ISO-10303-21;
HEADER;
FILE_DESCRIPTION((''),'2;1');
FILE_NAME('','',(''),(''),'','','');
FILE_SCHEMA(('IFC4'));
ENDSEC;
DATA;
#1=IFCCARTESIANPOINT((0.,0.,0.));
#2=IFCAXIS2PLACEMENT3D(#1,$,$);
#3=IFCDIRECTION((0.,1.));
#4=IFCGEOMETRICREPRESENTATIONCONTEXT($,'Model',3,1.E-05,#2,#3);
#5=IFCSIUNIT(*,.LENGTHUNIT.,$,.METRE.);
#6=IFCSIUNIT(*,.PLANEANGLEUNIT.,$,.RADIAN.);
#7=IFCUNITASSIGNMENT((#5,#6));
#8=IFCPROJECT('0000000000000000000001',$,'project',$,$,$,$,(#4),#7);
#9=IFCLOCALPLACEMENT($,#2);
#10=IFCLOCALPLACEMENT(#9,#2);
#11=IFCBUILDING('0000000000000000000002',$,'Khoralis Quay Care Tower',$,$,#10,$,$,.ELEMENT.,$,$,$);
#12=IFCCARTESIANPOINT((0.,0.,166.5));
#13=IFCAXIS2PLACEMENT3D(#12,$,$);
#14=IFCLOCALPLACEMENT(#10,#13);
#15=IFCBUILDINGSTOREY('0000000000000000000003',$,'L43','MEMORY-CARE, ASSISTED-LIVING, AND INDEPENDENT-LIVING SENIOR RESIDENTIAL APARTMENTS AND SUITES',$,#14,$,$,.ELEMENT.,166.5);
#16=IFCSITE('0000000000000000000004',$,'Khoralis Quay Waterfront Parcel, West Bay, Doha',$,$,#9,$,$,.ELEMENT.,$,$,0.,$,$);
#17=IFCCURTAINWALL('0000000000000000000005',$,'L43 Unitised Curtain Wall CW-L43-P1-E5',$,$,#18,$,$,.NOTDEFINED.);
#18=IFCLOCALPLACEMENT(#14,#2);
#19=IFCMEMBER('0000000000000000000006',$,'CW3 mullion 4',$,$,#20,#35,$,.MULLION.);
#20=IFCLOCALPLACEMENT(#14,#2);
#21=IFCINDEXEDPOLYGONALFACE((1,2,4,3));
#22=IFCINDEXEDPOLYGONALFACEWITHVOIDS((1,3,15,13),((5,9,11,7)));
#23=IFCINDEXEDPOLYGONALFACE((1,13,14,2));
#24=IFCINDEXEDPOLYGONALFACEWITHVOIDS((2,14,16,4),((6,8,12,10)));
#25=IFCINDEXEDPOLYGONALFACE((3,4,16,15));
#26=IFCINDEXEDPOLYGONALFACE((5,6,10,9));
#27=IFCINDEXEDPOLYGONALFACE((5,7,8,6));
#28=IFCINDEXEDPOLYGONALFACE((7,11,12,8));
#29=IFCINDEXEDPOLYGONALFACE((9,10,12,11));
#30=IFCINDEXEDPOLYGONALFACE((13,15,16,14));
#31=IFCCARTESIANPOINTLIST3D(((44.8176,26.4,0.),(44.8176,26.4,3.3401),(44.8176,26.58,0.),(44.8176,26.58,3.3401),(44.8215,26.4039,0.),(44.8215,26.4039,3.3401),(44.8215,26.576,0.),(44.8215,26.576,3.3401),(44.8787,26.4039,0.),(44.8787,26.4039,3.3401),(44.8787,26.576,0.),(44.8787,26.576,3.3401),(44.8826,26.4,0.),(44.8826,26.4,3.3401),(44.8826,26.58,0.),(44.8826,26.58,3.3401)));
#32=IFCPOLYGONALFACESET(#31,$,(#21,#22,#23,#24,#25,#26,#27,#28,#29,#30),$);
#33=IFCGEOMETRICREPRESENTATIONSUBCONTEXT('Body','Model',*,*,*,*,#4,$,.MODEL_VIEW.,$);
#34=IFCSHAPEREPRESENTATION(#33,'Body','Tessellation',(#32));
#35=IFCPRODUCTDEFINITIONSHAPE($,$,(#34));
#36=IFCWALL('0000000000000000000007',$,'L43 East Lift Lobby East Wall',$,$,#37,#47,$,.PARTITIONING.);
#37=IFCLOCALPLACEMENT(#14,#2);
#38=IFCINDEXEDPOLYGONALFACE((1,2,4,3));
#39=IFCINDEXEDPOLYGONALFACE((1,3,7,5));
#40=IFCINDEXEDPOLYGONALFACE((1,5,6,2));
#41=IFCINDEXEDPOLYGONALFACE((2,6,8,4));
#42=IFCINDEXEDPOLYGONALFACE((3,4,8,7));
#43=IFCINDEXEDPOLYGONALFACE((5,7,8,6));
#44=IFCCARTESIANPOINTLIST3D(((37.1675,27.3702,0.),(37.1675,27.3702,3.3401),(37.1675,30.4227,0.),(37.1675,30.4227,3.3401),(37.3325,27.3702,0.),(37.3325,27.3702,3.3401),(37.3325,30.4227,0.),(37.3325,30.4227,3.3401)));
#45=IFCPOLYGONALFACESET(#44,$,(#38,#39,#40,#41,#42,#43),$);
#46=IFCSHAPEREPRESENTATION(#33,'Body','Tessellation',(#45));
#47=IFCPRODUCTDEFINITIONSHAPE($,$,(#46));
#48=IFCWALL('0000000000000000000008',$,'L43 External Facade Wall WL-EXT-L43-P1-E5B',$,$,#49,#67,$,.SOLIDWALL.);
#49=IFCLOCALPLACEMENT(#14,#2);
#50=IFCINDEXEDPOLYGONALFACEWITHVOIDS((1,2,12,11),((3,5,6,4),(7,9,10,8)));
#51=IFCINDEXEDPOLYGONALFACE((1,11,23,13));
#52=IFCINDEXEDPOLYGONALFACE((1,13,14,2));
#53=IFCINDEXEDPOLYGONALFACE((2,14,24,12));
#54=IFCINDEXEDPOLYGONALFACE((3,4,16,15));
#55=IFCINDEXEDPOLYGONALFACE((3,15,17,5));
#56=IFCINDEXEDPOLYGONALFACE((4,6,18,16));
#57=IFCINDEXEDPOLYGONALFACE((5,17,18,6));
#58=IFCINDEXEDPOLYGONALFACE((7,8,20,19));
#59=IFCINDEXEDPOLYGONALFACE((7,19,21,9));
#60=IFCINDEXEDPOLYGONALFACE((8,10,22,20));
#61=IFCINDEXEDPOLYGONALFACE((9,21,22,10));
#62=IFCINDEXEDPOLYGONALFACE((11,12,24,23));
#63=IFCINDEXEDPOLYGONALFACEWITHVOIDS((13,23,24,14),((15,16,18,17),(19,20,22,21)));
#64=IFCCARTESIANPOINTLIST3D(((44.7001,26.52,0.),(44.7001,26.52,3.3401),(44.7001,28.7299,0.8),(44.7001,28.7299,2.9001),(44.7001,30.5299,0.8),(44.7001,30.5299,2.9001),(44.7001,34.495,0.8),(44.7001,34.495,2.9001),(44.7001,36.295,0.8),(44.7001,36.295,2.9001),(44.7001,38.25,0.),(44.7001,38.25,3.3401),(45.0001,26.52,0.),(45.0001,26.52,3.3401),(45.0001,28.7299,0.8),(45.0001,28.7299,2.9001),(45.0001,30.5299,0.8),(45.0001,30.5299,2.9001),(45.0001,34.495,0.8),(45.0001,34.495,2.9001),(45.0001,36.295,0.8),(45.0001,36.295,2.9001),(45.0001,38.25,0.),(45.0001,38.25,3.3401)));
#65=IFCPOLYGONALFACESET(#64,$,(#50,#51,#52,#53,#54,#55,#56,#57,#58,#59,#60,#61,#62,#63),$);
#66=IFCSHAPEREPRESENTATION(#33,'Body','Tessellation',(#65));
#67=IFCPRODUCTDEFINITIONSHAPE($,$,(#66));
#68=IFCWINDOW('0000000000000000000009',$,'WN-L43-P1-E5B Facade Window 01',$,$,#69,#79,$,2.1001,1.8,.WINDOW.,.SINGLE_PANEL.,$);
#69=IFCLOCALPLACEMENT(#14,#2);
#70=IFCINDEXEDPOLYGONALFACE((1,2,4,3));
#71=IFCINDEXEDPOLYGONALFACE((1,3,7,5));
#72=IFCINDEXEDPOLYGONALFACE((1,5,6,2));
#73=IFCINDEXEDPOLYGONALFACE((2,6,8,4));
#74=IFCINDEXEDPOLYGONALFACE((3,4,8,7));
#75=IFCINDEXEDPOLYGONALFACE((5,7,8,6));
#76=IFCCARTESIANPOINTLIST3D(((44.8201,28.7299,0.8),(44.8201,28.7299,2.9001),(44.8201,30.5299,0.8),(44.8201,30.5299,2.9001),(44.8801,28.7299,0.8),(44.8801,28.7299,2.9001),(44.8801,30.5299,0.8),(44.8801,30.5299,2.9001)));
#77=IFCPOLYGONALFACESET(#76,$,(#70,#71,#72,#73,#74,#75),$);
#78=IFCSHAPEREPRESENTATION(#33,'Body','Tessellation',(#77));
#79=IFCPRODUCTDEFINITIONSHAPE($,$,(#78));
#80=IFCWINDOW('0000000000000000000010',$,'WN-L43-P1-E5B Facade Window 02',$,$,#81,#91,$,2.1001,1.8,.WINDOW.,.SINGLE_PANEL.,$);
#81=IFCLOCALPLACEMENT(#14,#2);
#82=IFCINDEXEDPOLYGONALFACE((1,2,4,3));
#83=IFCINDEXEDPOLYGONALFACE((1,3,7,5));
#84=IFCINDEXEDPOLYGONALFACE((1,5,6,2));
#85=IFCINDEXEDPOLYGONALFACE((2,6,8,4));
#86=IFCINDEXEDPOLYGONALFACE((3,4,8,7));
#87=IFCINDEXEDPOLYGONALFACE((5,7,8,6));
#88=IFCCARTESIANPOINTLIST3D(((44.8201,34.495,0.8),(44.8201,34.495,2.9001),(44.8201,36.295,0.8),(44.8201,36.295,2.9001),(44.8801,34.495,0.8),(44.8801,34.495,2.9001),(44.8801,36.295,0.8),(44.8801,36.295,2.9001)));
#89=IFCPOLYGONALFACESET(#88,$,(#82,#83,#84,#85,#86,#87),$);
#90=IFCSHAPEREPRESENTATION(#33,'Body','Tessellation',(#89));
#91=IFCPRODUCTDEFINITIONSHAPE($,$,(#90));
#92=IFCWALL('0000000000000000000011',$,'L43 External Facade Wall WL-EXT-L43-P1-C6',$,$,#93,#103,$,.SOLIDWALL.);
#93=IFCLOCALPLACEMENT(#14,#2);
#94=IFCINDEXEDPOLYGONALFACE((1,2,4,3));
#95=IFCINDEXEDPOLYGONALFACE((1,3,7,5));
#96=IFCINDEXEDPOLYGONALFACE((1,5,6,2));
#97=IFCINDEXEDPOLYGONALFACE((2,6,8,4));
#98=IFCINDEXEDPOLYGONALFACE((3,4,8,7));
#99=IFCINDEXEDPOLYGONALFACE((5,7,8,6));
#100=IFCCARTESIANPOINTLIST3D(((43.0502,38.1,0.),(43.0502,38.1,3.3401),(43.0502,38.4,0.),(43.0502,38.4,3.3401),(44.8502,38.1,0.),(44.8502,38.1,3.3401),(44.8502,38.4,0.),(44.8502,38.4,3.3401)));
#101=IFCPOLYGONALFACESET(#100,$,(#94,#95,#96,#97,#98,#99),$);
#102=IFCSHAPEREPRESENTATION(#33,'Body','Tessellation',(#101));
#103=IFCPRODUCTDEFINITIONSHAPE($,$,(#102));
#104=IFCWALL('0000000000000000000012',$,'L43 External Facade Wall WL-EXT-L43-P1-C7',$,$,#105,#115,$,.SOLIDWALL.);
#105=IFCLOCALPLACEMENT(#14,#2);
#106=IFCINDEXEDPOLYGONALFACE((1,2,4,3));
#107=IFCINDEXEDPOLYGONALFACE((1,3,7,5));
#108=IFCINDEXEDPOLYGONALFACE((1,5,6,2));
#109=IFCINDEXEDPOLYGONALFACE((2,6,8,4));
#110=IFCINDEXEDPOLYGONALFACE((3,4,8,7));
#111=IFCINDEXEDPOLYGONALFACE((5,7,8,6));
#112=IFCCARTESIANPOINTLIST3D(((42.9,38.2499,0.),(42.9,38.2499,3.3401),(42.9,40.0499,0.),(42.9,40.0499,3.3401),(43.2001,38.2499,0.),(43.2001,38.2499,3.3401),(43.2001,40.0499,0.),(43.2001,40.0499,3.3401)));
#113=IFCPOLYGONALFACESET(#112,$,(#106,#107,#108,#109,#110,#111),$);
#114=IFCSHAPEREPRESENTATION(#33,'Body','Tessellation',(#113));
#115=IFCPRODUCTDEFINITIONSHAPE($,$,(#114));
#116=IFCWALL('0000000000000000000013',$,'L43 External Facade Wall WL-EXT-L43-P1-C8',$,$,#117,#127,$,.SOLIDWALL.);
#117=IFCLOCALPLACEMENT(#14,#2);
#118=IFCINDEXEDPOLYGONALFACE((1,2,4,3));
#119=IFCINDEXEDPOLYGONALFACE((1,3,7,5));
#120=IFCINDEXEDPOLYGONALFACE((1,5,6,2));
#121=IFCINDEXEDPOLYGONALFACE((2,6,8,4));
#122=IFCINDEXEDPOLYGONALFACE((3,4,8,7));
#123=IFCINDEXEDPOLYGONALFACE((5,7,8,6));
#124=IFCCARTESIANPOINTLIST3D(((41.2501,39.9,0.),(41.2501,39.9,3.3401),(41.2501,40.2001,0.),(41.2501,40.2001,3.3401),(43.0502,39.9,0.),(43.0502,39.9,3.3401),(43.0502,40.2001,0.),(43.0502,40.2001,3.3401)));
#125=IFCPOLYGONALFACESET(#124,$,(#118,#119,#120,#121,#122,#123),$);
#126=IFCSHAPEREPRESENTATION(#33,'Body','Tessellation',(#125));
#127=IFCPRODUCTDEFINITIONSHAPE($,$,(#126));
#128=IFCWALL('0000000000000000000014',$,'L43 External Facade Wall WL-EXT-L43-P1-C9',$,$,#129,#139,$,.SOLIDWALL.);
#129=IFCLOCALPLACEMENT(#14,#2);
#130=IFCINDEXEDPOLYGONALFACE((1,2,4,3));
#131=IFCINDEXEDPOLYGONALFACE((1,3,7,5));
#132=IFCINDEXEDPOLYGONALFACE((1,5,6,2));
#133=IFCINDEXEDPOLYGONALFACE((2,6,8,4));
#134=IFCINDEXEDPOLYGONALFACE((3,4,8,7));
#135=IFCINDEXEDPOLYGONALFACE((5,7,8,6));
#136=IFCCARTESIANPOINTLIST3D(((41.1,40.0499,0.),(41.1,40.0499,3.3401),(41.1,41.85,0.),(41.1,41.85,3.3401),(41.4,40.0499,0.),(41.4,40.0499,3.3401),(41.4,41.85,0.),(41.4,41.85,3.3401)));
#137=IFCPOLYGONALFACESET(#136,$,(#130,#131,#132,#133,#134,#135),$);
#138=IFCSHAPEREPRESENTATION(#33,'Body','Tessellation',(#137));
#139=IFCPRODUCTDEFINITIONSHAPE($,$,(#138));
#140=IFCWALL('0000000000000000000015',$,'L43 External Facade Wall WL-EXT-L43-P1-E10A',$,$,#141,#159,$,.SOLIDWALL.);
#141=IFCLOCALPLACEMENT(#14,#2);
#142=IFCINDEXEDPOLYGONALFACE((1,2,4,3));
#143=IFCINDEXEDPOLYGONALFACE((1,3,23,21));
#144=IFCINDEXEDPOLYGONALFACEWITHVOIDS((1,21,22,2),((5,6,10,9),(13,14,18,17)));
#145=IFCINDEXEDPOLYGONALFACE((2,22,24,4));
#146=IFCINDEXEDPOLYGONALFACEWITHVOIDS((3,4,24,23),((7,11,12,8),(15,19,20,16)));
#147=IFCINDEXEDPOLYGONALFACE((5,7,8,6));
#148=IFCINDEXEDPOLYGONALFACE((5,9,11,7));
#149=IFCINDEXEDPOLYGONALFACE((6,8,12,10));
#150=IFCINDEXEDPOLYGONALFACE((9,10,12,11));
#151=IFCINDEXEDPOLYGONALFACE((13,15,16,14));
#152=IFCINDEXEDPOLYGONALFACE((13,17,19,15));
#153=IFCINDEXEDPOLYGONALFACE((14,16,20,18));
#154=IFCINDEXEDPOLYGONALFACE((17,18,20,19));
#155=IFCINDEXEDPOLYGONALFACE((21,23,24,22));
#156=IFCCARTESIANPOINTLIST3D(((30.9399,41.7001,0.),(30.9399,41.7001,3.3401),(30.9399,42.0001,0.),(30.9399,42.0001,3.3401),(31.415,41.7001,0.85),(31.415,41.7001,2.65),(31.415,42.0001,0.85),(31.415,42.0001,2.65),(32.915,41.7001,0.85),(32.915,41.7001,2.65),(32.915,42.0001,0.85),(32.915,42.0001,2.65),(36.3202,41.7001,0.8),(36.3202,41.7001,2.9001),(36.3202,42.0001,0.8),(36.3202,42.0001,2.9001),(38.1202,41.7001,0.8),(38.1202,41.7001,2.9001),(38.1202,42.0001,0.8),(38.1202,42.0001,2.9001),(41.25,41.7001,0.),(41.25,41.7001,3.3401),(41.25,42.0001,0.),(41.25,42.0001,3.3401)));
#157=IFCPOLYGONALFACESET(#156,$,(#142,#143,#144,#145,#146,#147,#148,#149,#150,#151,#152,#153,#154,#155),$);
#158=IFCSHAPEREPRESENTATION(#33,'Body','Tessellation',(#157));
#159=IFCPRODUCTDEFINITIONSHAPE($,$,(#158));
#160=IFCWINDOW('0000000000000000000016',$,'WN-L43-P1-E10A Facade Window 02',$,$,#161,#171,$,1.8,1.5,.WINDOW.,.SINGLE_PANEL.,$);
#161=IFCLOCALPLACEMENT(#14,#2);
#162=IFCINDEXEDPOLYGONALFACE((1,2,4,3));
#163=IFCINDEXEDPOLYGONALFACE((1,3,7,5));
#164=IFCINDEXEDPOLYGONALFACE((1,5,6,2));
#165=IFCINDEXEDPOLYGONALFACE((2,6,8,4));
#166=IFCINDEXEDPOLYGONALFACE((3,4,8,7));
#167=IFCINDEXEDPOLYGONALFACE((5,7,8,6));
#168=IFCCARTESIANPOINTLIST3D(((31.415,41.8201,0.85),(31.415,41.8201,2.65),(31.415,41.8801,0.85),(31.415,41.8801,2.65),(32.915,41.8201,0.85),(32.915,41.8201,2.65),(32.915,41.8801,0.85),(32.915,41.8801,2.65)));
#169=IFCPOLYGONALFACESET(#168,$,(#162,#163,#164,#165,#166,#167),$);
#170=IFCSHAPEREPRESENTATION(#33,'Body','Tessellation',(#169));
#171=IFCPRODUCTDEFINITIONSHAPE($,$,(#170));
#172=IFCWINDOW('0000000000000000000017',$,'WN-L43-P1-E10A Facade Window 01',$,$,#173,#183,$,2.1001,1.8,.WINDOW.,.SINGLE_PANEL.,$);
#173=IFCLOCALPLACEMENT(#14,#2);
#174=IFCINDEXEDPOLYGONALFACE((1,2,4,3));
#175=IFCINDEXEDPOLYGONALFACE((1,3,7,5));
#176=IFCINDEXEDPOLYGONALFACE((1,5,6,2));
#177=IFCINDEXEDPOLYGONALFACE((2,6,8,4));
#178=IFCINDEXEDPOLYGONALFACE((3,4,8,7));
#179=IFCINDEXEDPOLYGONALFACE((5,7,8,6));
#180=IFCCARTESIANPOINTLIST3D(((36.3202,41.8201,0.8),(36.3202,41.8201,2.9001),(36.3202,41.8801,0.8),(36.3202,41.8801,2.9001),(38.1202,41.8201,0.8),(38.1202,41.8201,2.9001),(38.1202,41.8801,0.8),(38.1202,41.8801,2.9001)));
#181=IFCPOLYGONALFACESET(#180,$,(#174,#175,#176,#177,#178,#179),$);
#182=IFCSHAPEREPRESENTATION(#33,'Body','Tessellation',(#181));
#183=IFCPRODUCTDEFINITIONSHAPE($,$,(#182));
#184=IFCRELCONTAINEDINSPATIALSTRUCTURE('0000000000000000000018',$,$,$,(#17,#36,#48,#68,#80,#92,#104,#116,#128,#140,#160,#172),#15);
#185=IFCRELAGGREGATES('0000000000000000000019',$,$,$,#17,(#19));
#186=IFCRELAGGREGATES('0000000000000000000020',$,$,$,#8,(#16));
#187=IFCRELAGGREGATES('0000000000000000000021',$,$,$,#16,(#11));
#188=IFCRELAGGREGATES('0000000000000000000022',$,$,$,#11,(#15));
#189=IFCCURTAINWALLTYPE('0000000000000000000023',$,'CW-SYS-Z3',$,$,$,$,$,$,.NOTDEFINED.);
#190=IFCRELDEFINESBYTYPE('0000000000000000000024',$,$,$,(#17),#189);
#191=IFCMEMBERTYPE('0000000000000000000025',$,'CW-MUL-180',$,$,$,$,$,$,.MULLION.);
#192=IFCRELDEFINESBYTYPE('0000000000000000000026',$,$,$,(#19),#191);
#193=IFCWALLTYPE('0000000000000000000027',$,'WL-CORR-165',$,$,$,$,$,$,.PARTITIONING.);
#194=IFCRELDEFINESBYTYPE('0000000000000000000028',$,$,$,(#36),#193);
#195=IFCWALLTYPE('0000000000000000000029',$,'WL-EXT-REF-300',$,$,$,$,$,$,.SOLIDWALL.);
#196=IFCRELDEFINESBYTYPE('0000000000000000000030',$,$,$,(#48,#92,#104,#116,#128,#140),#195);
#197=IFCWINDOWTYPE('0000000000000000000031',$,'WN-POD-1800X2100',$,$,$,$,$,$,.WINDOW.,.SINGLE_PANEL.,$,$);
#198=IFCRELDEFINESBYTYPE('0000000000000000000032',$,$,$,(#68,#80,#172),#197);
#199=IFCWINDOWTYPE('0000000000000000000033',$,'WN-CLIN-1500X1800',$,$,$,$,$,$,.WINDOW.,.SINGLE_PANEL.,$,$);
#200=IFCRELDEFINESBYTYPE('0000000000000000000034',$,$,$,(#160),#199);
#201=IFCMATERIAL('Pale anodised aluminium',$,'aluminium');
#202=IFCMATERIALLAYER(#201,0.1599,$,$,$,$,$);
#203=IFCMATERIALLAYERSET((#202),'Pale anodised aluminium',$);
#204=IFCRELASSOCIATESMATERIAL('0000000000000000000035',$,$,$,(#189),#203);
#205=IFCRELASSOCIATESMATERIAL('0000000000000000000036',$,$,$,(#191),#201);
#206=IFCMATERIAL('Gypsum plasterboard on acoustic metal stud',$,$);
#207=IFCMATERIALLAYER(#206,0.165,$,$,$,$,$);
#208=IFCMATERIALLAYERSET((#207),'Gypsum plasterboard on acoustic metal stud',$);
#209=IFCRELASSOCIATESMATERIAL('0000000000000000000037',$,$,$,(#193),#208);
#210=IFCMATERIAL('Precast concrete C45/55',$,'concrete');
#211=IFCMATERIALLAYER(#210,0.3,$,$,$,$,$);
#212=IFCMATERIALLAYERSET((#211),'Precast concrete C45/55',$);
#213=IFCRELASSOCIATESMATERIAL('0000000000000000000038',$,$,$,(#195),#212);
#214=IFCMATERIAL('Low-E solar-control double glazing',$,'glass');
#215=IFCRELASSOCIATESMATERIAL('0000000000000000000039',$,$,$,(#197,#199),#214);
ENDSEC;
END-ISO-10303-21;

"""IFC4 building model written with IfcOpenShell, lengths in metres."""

from ifc_helpers import new_model, si_unit, direction, frame, frame_2d, origin, origin_2d, place, context, subcontext, project, spatial, rectangle, hollow_rectangle, extrude, source, transform, mapped, material, layer, layer_set, material_profile, profile_set, type_object, element, fill, aggregate, save


model = new_model("IFC4")

# Units and contexts
model_context = context("Model", 3, precision=1e-05, world=origin(), true_north=direction((0.0, 1.0)))
body_context = subcontext(model_context, "Body", "Model", "MODEL_VIEW")
ifc_project = project(units=[si_unit("LENGTHUNIT", "METRE"), si_unit("PLANEANGLEUNIT", "RADIAN")], contexts=[model_context])

# Site, building, storey
site_placement = place(None, origin())
site = spatial("IfcSite", under=ifc_project, at=site_placement, Name="Khoralis Quay Waterfront Parcel, West Bay, Doha", CompositionType="ELEMENT", RefElevation=0.0)
building_placement = place(site_placement, origin())
building = spatial("IfcBuilding", under=site, at=building_placement, Name="Khoralis Quay Care Tower", CompositionType="ELEMENT")
storey_placement = place(building_placement, frame((0.0, 0.0, 166.5)))
storey = spatial("IfcBuildingStorey", under=building, at=storey_placement, Name="L43", Description="MEMORY-CARE, ASSISTED-LIVING, AND INDEPENDENT-LIVING SENIOR RESIDENTIAL APARTMENTS AND SUITES", CompositionType="ELEMENT", Elevation=166.5)

# Curtain wall, member
ifc_material_1 = material(Name="Pale anodised aluminium", Category="aluminium")
ifc_layer_1 = layer(ifc_material_1, 0.1599)
ifc_layer_set_1 = layer_set([ifc_layer_1], Name="Pale anodised aluminium")
curtain_wall_type = type_object("IfcCurtainWallType", Name="CW-SYS-Z3", PredefinedType="NOTDEFINED", material=ifc_layer_set_1)
curtain_wall_placement = place(storey_placement, origin())
curtain_wall = element("IfcCurtainWall", 1, at=curtain_wall_placement, inside=storey, type_object=curtain_wall_type, Name="L43 Unitised Curtain Wall CW-L43-P1-E5", PredefinedType="NOTDEFINED")
ifc_material_profile_1 = material_profile(ifc_material_1, hollow_rectangle(XDim=0.0649, YDim=0.1799, WallThickness=0.0039, at=origin_2d()), Name="Pale anodised aluminium")
ifc_profile_set_1 = profile_set([ifc_material_profile_1], Name="Pale anodised aluminium")
member_type = type_object("IfcMemberType", Name="CW-MUL-180", PredefinedType="MULLION", material=ifc_profile_set_1)
shared_shape_1 = source(origin(), body_context, "Body", "SweptSolid", [
    extrude(hollow_rectangle(XDim=0.0649, YDim=0.1799, WallThickness=0.0039, at=origin_2d()), origin(), (0.0, 0.0, 1.0), 3.3401),
])
member_placement = place(storey_placement, frame((44.8501, 26.49, 0.0), z_axis=(0.0, 0.0, 1.0), x_axis=(-1.0, 0.0, 0.0)))
member = element("IfcMember", 2, at=member_placement, type_object=member_type, Name="CW3 mullion 4", PredefinedType="MULLION", context=body_context, shape_type="MappedRepresentation", body=[
    mapped(shared_shape_1, transform((0.0, 0.0, 0.0), scale=1.0)),
])
aggregate(curtain_wall, [member])

# Wall
ifc_material_2 = material(Name="Gypsum plasterboard on acoustic metal stud")
ifc_layer_2 = layer(ifc_material_2, 0.165)
ifc_layer_set_2 = layer_set([ifc_layer_2], Name="Gypsum plasterboard on acoustic metal stud")
wall_type_1 = type_object("IfcWallType", Name="WL-CORR-165", PredefinedType="PARTITIONING", material=ifc_layer_set_2)
wall_1_placement = place(storey_placement, frame((37.25, 27.3701, 0.0), z_axis=(0.0, 0.0, 1.0), x_axis=(0.0, 1.0, 0.0)))
element("IfcWall", 3, at=wall_1_placement, inside=storey, type_object=wall_type_1, Name="L43 East Lift Lobby East Wall", PredefinedType="PARTITIONING", context=body_context, shape_type="SweptSolid", body=[
    extrude(rectangle(XDim=3.0525, YDim=0.165, at=frame_2d((1.5264, 0.0))), origin(), (0.0, 0.0, 1.0), 3.3401),
])

# Wall, openings, windows
ifc_material_3 = material(Name="Precast concrete C45/55", Category="concrete")
ifc_layer_3 = layer(ifc_material_3, 0.3)
ifc_layer_set_3 = layer_set([ifc_layer_3], Name="Precast concrete C45/55")
wall_type_2 = type_object("IfcWallType", Name="WL-EXT-REF-300", PredefinedType="SOLIDWALL", material=ifc_layer_set_3)
wall_2_placement = place(storey_placement, frame((44.8501, 26.52, 0.0), z_axis=(0.0, 0.0, 1.0), x_axis=(0.0, 1.0, 0.0)))
wall_2 = element("IfcWall", 4, at=wall_2_placement, inside=storey, type_object=wall_type_2, Name="L43 External Facade Wall WL-EXT-L43-P1-E5B", PredefinedType="SOLIDWALL", context=body_context, shape_type="SweptSolid", body=[
    extrude(rectangle(XDim=11.73, YDim=0.3, at=frame_2d((5.865, 0.0))), origin(), (0.0, 0.0, 1.0), 3.3401),
])
opening_1_placement = place(wall_2_placement, frame((2.21, 0.0, 0.8)))
opening_1 = element("IfcOpeningElement", 5, at=opening_1_placement, cuts=wall_2, PredefinedType="OPENING", context=body_context, shape_type="SweptSolid", body=[
    extrude(rectangle(XDim=1.8, YDim=2.1001, at=frame_2d((0.8999, 1.05))), frame((0.0, 0.1602, 0.0), z_axis=(0.0, -1.0, 0.0), x_axis=(1.0, 0.0, 0.0)), (0.0, 0.0, 1.0), 0.3201),
])
opening_2_placement = place(wall_2_placement, frame((7.9751, 0.0, 0.8)))
opening_2 = element("IfcOpeningElement", 6, at=opening_2_placement, cuts=wall_2, PredefinedType="OPENING", context=body_context, shape_type="SweptSolid", body=[
    extrude(rectangle(XDim=1.8, YDim=2.1001, at=frame_2d((0.8999, 1.05))), frame((0.0, 0.1602, 0.0), z_axis=(0.0, -1.0, 0.0), x_axis=(1.0, 0.0, 0.0)), (0.0, 0.0, 1.0), 0.3201),
])
ifc_material_4 = material(Name="Low-E solar-control double glazing", Category="glass")
window_type_1 = type_object("IfcWindowType", Name="WN-POD-1800X2100", PartitioningType="SINGLE_PANEL", PredefinedType="WINDOW", material=ifc_material_4)
shared_shape_2 = source(origin(), body_context, "Body", "SweptSolid", [
    extrude(rectangle(XDim=1.8, YDim=2.1001, at=frame_2d((0.8999, 1.05))), frame((0.0, 0.03, 0.0), z_axis=(0.0, -1.0, 0.0), x_axis=(1.0, 0.0, 0.0)), (0.0, 0.0, 1.0), 0.0601),
])
window_1_placement = place(opening_1_placement, origin())
window_1 = element("IfcWindow", 7, at=window_1_placement, inside=storey, type_object=window_type_1, Name="WN-L43-P1-E5B Facade Window 01", OverallHeight=2.1001, OverallWidth=1.8, PartitioningType="SINGLE_PANEL", PredefinedType="WINDOW", context=body_context, shape_type="MappedRepresentation", body=[
    mapped(shared_shape_2, transform((0.0, 0.0, 0.0), scale=1.0)),
])
fill(opening_1, window_1)
window_2_placement = place(opening_2_placement, origin())
window_2 = element("IfcWindow", 8, at=window_2_placement, inside=storey, type_object=window_type_1, Name="WN-L43-P1-E5B Facade Window 02", OverallHeight=2.1001, OverallWidth=1.8, PartitioningType="SINGLE_PANEL", PredefinedType="WINDOW", context=body_context, shape_type="MappedRepresentation", body=[
    mapped(shared_shape_2, transform((0.0, 0.0, 0.0), scale=1.0)),
])
fill(opening_2, window_2)

# Walls
for number, where, z_axis, x_axis, name in (
    (9, (44.8501, 38.25, 0.0), (0.0, 0.0, 1.0), (-1.0, 0.0, 0.0), "L43 External Facade Wall WL-EXT-L43-P1-C6"),
    (10, (43.05, 38.25, 0.0), (0.0, 0.0, 1.0), (0.0, 1.0, 0.0), "L43 External Facade Wall WL-EXT-L43-P1-C7"),
    (11, (43.05, 40.05, 0.0), (0.0, 0.0, 1.0), (-1.0, 0.0, 0.0), "L43 External Facade Wall WL-EXT-L43-P1-C8"),
    (12, (41.25, 40.05, 0.0), (0.0, 0.0, 1.0), (0.0, 1.0, 0.0), "L43 External Facade Wall WL-EXT-L43-P1-C9"),
):
    element("IfcWall", number, at=place(storey_placement, frame(where, z_axis=z_axis, x_axis=x_axis)), inside=storey, type_object=wall_type_2, Name=name, PredefinedType="SOLIDWALL", context=body_context, shape_type="SweptSolid", body=[
        extrude(rectangle(XDim=1.8, YDim=0.3, at=frame_2d((0.8999, 0.0))), origin(), (0.0, 0.0, 1.0), 3.3401),
    ])

# Wall, openings, windows
wall_3_placement = place(storey_placement, frame((41.25, 41.8501, 0.0), z_axis=(0.0, 0.0, 1.0), x_axis=(-1.0, 0.0, 0.0)))
wall_3 = element("IfcWall", 13, at=wall_3_placement, inside=storey, type_object=wall_type_2, Name="L43 External Facade Wall WL-EXT-L43-P1-E10A", PredefinedType="SOLIDWALL", context=body_context, shape_type="SweptSolid", body=[
    extrude(rectangle(XDim=10.3101, YDim=0.3, at=frame_2d((5.155, 0.0))), origin(), (0.0, 0.0, 1.0), 3.3401),
])
opening_3_placement = place(wall_3_placement, frame((3.1299, 0.0, 0.8)))
opening_3 = element("IfcOpeningElement", 14, at=opening_3_placement, cuts=wall_3, PredefinedType="OPENING", context=body_context, shape_type="SweptSolid", body=[
    extrude(rectangle(XDim=1.8, YDim=2.1001, at=frame_2d((0.8999, 1.05))), frame((0.0, 0.1602, 0.0), z_axis=(0.0, -1.0, 0.0), x_axis=(1.0, 0.0, 0.0)), (0.0, 0.0, 1.0), 0.3201),
])
opening_4_placement = place(wall_3_placement, frame((8.335, 0.0, 0.8501)))
opening_4 = element("IfcOpeningElement", 15, at=opening_4_placement, cuts=wall_3, PredefinedType="OPENING", context=body_context, shape_type="SweptSolid", body=[
    extrude(rectangle(XDim=1.5, YDim=1.8, at=frame_2d((0.75, 0.8999))), frame((0.0, 0.1602, 0.0), z_axis=(0.0, -1.0, 0.0), x_axis=(1.0, 0.0, 0.0)), (0.0, 0.0, 1.0), 0.3201),
])
window_type_2 = type_object("IfcWindowType", Name="WN-CLIN-1500X1800", PartitioningType="SINGLE_PANEL", PredefinedType="WINDOW", material=ifc_material_4)
shared_shape_3 = source(origin(), body_context, "Body", "SweptSolid", [
    extrude(rectangle(XDim=1.5, YDim=1.8, at=frame_2d((0.75, 0.8999))), frame((0.0, 0.03, 0.0), z_axis=(0.0, -1.0, 0.0), x_axis=(1.0, 0.0, 0.0)), (0.0, 0.0, 1.0), 0.0601),
])
window_3_placement = place(opening_4_placement, origin())
window_3 = element("IfcWindow", 16, at=window_3_placement, inside=storey, type_object=window_type_2, Name="WN-L43-P1-E10A Facade Window 02", OverallHeight=1.8, OverallWidth=1.5, PartitioningType="SINGLE_PANEL", PredefinedType="WINDOW", context=body_context, shape_type="MappedRepresentation", body=[
    mapped(shared_shape_3, transform((0.0, 0.0, 0.0), scale=1.0)),
])
fill(opening_4, window_3)
window_4_placement = place(opening_3_placement, origin())
window_4 = element("IfcWindow", 17, at=window_4_placement, inside=storey, type_object=window_type_1, Name="WN-L43-P1-E10A Facade Window 01", OverallHeight=2.1001, OverallWidth=1.8, PartitioningType="SINGLE_PANEL", PredefinedType="WINDOW", context=body_context, shape_type="MappedRepresentation", body=[
    mapped(shared_shape_2, transform((0.0, 0.0, 0.0), scale=1.0)),
])
fill(opening_3, window_4)

save(model, "model.ifc")
